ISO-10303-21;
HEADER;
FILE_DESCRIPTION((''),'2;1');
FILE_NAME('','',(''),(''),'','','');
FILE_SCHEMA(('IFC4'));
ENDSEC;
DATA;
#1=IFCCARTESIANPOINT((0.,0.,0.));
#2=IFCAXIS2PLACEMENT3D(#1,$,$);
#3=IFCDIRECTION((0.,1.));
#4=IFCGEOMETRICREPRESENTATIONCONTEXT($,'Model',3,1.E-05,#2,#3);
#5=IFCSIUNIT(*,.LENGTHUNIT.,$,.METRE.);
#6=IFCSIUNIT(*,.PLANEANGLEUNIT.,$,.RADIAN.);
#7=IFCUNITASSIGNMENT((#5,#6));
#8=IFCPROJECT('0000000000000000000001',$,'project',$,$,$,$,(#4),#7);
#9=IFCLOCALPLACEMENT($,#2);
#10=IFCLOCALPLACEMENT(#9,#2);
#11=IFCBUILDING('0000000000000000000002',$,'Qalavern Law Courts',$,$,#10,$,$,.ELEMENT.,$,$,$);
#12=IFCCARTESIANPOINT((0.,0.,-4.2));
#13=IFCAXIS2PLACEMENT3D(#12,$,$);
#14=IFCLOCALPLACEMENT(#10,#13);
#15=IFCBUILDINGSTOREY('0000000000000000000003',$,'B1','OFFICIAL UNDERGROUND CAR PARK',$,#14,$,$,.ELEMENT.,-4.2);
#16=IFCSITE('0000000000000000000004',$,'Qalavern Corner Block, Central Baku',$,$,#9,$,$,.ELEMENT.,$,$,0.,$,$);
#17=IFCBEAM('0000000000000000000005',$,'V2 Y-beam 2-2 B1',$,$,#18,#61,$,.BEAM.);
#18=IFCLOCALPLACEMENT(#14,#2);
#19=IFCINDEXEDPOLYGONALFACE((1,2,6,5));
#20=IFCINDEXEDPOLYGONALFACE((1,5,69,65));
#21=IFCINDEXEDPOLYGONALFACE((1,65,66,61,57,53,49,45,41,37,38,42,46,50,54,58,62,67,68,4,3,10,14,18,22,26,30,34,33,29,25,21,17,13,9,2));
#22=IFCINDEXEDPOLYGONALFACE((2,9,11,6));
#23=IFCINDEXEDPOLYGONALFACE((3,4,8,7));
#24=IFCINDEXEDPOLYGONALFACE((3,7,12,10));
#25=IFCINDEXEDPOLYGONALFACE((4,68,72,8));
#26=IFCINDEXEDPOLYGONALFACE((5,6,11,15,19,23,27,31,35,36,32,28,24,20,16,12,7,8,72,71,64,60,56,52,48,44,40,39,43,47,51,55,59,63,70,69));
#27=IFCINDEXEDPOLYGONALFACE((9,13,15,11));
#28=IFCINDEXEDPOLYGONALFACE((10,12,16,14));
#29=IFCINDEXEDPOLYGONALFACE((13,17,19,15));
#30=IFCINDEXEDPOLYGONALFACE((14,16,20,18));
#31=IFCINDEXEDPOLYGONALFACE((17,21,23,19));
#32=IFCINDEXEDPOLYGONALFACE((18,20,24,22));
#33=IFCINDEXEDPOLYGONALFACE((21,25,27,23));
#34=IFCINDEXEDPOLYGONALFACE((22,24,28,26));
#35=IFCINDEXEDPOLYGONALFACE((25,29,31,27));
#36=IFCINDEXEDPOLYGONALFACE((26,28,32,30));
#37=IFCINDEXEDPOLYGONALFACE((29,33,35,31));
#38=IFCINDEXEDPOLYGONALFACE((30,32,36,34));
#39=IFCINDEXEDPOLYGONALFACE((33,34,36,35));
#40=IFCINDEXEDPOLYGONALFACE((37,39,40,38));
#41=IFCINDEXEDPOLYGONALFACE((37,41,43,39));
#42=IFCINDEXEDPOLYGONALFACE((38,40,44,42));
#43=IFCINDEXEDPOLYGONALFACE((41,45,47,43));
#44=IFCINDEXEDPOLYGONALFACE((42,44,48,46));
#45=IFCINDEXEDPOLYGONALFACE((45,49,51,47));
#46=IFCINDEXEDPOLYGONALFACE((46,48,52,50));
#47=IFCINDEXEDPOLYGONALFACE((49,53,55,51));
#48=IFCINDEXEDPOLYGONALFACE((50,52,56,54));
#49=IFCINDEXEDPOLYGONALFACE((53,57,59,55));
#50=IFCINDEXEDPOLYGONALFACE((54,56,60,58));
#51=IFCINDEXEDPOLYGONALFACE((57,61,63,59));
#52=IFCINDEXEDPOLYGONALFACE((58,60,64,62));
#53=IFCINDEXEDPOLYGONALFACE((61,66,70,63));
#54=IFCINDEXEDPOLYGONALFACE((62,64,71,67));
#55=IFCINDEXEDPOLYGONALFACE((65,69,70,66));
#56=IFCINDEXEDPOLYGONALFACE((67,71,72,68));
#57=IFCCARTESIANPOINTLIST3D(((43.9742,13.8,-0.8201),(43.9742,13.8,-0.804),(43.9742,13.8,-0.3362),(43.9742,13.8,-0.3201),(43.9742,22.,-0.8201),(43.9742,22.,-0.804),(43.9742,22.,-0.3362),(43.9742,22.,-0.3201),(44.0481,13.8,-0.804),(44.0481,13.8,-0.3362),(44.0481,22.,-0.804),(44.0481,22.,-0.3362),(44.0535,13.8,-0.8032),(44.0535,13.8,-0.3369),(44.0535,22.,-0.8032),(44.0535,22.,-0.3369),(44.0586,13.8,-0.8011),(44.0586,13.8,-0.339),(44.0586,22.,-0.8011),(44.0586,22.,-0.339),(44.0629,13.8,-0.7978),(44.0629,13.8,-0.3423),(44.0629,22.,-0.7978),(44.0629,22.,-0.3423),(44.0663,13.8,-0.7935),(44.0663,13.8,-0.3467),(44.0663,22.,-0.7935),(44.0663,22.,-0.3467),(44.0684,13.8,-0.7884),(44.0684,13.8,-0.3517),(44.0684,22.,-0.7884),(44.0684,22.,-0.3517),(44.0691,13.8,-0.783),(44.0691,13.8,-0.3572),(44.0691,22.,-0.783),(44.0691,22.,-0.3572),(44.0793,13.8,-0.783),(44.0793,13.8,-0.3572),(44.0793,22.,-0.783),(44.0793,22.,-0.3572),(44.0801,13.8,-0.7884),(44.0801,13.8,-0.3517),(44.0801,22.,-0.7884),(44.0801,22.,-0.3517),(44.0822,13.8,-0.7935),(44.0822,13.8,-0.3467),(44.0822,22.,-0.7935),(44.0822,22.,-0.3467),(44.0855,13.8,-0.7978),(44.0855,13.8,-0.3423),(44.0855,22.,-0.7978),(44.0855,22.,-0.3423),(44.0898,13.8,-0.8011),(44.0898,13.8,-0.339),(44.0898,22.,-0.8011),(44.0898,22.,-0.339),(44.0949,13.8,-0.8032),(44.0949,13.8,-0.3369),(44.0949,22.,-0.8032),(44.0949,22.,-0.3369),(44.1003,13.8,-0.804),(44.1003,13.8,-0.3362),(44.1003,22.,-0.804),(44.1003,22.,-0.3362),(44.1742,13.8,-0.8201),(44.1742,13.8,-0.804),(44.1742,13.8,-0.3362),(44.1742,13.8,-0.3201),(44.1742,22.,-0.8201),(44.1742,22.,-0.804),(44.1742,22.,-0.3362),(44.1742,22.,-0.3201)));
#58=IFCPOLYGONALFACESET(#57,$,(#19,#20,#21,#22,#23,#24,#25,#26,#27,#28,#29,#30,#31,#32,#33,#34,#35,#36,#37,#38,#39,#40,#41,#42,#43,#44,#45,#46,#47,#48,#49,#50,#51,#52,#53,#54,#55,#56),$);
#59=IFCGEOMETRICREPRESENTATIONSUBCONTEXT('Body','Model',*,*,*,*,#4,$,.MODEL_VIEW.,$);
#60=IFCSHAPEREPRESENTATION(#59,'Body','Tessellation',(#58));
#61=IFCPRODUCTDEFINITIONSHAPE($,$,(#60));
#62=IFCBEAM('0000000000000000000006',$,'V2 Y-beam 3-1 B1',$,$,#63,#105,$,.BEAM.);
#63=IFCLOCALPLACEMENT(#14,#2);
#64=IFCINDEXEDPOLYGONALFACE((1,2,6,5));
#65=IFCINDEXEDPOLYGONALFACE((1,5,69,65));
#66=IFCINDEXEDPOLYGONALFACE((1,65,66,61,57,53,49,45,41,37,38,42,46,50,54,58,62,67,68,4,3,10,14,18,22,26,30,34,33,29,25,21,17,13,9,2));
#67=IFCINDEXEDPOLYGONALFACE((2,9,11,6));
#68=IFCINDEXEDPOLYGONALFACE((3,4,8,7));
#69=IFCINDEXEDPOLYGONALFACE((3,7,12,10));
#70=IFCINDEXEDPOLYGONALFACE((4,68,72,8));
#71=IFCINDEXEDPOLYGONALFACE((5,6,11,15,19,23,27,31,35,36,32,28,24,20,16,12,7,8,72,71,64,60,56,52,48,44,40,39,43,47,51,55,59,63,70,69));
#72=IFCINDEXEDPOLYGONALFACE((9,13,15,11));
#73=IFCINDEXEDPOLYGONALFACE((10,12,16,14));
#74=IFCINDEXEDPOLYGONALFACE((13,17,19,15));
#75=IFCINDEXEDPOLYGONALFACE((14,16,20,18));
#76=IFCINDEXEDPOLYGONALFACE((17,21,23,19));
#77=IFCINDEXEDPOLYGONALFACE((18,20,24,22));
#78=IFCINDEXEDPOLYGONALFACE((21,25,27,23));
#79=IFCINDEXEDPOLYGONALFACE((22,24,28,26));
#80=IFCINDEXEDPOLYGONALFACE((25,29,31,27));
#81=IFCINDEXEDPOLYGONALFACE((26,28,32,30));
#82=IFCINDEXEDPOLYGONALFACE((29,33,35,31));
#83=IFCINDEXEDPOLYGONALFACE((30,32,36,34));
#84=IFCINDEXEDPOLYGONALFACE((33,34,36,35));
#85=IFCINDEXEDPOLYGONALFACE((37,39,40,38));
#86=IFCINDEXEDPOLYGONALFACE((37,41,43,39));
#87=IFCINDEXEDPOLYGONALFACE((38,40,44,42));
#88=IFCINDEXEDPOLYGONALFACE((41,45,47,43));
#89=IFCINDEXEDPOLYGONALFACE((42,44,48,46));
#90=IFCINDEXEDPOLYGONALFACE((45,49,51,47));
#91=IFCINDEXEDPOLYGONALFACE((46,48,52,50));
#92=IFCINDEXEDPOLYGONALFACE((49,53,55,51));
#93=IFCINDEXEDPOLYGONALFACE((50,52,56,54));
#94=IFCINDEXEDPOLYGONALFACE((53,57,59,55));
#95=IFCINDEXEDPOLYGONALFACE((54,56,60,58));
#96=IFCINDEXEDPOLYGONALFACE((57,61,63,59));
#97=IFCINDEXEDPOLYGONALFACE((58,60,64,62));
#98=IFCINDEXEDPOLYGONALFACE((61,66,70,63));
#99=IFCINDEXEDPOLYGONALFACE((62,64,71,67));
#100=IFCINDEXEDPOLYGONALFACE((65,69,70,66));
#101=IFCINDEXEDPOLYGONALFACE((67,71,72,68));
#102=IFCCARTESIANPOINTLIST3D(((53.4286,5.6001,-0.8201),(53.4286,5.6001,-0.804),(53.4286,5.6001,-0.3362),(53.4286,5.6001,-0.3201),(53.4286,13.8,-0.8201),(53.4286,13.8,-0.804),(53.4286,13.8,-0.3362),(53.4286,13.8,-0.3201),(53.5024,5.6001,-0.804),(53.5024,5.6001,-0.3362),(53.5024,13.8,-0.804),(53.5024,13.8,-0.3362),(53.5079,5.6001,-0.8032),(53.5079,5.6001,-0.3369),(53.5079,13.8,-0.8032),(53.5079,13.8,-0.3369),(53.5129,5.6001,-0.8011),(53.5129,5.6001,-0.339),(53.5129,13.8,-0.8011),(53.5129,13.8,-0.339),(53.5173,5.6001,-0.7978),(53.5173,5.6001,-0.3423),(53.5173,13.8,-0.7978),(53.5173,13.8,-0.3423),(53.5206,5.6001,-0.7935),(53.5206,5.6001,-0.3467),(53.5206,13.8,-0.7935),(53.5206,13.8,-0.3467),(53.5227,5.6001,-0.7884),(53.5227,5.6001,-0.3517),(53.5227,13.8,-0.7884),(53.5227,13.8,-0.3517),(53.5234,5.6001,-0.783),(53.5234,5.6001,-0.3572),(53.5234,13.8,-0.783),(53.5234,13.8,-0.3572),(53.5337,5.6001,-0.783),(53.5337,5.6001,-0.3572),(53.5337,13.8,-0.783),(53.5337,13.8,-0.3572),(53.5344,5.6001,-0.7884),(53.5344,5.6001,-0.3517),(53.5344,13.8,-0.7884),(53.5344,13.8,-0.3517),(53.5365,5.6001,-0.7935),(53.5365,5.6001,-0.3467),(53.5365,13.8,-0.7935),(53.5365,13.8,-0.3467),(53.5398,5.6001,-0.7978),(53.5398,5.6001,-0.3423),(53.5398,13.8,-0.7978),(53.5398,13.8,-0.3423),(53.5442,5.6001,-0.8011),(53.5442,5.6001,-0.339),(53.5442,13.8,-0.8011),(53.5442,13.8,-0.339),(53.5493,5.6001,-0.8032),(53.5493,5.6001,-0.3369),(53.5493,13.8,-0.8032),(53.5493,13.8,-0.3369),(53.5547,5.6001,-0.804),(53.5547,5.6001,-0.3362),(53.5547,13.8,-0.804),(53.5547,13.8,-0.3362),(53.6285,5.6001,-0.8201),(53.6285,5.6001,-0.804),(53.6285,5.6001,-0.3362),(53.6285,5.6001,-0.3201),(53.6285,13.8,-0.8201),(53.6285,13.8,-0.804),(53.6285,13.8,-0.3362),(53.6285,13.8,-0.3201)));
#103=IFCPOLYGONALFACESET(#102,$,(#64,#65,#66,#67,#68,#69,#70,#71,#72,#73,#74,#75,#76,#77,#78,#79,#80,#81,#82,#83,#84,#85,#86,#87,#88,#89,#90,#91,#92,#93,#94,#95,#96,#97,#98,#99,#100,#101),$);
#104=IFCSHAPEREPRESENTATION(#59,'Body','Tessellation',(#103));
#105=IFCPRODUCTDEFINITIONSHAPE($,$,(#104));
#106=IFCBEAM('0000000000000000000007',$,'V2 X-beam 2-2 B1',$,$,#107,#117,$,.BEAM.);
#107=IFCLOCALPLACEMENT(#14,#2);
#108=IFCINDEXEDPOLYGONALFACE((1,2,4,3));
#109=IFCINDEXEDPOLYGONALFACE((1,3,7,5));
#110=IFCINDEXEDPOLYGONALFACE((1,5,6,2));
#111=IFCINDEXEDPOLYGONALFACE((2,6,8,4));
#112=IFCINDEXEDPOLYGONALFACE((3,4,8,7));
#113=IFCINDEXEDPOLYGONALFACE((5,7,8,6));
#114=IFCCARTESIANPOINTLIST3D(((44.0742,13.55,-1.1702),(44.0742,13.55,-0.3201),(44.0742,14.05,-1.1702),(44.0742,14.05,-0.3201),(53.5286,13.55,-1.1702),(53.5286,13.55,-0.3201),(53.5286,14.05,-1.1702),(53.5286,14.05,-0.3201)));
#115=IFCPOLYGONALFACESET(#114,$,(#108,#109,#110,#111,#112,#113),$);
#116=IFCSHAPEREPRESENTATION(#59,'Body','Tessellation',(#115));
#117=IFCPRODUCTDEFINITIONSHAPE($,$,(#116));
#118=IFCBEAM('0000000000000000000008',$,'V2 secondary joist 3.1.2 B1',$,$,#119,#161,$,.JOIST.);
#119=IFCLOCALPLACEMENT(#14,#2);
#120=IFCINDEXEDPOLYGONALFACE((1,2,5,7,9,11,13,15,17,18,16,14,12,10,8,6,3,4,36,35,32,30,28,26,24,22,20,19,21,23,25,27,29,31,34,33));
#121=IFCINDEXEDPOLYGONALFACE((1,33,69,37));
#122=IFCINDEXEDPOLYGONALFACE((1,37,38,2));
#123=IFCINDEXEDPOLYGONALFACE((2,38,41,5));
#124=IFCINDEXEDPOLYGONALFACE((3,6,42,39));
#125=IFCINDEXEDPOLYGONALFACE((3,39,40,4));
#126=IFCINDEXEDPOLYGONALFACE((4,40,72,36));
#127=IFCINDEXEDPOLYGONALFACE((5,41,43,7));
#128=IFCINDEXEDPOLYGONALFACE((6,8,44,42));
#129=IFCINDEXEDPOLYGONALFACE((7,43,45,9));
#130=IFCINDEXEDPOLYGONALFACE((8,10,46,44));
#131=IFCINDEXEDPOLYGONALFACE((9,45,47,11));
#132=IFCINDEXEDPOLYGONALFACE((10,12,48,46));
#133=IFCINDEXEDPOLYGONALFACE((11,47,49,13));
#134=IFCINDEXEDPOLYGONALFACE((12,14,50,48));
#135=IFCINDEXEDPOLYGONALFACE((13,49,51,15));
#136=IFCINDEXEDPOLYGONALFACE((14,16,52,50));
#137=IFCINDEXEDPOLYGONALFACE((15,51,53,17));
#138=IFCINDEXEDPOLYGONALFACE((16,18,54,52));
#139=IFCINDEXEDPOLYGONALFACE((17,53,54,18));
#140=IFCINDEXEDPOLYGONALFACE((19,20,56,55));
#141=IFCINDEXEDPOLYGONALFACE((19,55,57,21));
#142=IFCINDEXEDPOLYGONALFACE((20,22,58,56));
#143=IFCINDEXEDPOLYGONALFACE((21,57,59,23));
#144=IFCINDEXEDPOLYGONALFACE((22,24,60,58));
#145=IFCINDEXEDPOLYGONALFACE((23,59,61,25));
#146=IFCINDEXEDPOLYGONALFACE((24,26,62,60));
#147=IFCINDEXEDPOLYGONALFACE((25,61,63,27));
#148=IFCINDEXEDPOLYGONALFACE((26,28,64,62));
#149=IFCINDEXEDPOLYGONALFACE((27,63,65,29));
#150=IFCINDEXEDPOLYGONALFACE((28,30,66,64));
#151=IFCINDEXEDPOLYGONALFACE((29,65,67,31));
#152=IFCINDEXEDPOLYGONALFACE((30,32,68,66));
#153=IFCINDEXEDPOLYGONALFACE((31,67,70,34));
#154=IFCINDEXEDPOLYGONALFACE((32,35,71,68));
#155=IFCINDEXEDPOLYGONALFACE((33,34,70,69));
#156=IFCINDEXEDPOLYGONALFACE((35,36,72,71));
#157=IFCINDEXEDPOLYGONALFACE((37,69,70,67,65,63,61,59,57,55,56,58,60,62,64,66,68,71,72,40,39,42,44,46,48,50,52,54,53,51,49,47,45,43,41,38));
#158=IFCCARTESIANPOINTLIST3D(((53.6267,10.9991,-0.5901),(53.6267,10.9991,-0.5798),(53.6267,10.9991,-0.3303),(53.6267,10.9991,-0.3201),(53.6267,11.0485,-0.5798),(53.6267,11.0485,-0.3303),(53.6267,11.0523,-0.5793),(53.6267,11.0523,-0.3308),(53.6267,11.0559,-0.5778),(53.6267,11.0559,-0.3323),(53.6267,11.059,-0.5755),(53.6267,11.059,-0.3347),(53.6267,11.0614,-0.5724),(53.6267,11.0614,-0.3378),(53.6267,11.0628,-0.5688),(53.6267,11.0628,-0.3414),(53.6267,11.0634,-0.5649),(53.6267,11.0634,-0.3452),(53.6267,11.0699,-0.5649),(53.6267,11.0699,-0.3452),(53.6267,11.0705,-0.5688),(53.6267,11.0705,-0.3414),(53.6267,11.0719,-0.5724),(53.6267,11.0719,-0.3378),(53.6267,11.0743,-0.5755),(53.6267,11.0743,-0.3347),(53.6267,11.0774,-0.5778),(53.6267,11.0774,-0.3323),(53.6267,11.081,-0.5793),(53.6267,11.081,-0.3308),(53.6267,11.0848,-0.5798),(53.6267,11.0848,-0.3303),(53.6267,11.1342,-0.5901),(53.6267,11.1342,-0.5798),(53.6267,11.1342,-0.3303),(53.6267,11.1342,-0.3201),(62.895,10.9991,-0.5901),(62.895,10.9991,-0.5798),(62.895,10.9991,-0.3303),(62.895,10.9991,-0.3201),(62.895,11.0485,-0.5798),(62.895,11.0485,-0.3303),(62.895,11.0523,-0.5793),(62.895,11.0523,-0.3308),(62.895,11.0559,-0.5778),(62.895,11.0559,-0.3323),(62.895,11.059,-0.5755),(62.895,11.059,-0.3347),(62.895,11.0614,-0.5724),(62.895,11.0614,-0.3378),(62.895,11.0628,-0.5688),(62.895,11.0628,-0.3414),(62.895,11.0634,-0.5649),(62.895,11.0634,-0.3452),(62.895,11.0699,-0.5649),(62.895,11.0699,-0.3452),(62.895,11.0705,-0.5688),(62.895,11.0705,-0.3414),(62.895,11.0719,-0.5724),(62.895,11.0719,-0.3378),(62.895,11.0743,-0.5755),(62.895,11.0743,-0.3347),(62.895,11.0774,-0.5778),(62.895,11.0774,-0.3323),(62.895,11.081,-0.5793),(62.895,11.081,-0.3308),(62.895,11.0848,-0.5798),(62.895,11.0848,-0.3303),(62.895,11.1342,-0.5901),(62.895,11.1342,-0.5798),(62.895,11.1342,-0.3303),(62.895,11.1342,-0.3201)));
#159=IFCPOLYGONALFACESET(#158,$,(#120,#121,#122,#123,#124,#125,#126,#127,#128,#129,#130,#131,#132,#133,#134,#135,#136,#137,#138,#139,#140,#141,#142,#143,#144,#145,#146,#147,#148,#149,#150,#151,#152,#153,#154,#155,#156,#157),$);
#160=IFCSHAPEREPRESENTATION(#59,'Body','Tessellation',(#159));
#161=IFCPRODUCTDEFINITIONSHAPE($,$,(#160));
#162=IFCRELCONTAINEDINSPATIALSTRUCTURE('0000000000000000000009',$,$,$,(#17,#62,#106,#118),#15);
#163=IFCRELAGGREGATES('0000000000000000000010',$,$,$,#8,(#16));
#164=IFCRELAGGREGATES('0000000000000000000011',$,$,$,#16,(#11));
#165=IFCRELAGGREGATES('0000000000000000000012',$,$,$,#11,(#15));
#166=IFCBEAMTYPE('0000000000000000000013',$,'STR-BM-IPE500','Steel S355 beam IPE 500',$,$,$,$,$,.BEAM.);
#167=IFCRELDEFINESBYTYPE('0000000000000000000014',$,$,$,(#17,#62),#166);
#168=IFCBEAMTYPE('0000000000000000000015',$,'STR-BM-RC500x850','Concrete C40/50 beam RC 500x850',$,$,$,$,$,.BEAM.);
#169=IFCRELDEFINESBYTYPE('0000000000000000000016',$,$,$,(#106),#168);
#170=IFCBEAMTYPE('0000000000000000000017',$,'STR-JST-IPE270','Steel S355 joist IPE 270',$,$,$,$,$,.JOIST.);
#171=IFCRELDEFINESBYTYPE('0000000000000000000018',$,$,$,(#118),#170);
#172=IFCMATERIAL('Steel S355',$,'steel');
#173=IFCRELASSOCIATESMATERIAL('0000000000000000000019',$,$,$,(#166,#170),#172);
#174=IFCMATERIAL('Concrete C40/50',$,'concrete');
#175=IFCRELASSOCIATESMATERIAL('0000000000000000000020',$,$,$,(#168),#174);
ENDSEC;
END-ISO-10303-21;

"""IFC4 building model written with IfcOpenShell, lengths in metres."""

from ifc_helpers import new_model, si_unit, direction, frame, origin, origin_2d, place, context, subcontext, project, spatial, rectangle, i_section, extrude, material, material_profile, profile_set, type_object, element, save


model = new_model("IFC4")

# Units and contexts
model_context = context("Model", 3, precision=1e-05, world=origin(), true_north=direction((0.0, 1.0)))
body_context = subcontext(model_context, "Body", "Model", "MODEL_VIEW")
ifc_project = project(units=[si_unit("LENGTHUNIT", "METRE"), si_unit("PLANEANGLEUNIT", "RADIAN")], contexts=[model_context])

# Site, building, storey
site_placement = place(None, origin())
site = spatial("IfcSite", under=ifc_project, at=site_placement, Name="Qalavern Corner Block, Central Baku", CompositionType="ELEMENT", RefElevation=0.0)
building_placement = place(site_placement, origin())
building = spatial("IfcBuilding", under=site, at=building_placement, Name="Qalavern Law Courts", CompositionType="ELEMENT")
storey_placement = place(building_placement, frame((0.0, 0.0, -4.2)))
storey = spatial("IfcBuildingStorey", under=building, at=storey_placement, Name="B1", Description="OFFICIAL UNDERGROUND CAR PARK", CompositionType="ELEMENT", Elevation=-4.2)

# Shared definitions
ifc_material_1 = material(Name="Steel S355", Category="steel")

# Beams
ifc_material_profile_1 = material_profile(ifc_material_1, i_section(OverallWidth=0.2, OverallDepth=0.5, WebThickness=0.0103, FlangeThickness=0.0161, FilletRadius=0.021, at=origin_2d()), Name="IPE 500")
ifc_profile_set_1 = profile_set([ifc_material_profile_1], Name="Steel S355")
beam_type_1 = type_object("IfcBeamType", Name="STR-BM-IPE500", Description="Steel S355 beam IPE 500", PredefinedType="BEAM", material=ifc_profile_set_1)
for number, where, z_axis, x_axis, name in (
    (1, (44.0742, 13.8, -0.5701), (0.0, 1.0, 0.0), (-1.0, 0.0, 0.0), "V2 Y-beam 2-2 B1"),
    (2, (53.5286, 5.6001, -0.5701), (0.0, 1.0, 0.0), (-1.0, 0.0, 0.0), "V2 Y-beam 3-1 B1"),
):
    element("IfcBeam", number, at=place(storey_placement, frame(where, z_axis=z_axis, x_axis=x_axis)), inside=storey, type_object=beam_type_1, Name=name, PredefinedType="BEAM", context=body_context, shape_type="SweptSolid", body=[
        extrude(i_section(OverallWidth=0.2, OverallDepth=0.5, WebThickness=0.0103, FlangeThickness=0.0161, FilletRadius=0.021, at=origin_2d()), origin(), (0.0, 0.0, 1.0), 8.2),
    ])
ifc_material_2 = material(Name="Concrete C40/50", Category="concrete")
ifc_material_profile_2 = material_profile(ifc_material_2, rectangle(XDim=0.5, YDim=0.8501, at=origin_2d()), Name="RC 500x850")
ifc_profile_set_2 = profile_set([ifc_material_profile_2], Name="Concrete C40/50")
beam_type_2 = type_object("IfcBeamType", Name="STR-BM-RC500x850", Description="Concrete C40/50 beam RC 500x850", PredefinedType="BEAM", material=ifc_profile_set_2)
beam_1_placement = place(storey_placement, frame((44.0742, 13.8, -0.7451), z_axis=(1.0, 0.0, 0.0), x_axis=(0.0, 1.0, 0.0)))
element("IfcBeam", 3, at=beam_1_placement, inside=storey, type_object=beam_type_2, Name="V2 X-beam 2-2 B1", PredefinedType="BEAM", context=body_context, shape_type="SweptSolid", body=[
    extrude(rectangle(XDim=0.5, YDim=0.8501, at=origin_2d()), origin(), (0.0, 0.0, 1.0), 9.4543),
])
ifc_material_profile_3 = material_profile(ifc_material_1, i_section(OverallWidth=0.135, OverallDepth=0.27, WebThickness=0.0066, FlangeThickness=0.0103, FilletRadius=0.0149, at=origin_2d()), Name="IPE 270")
ifc_profile_set_3 = profile_set([ifc_material_profile_3], Name="Steel S355")
beam_type_3 = type_object("IfcBeamType", Name="STR-JST-IPE270", Description="Steel S355 joist IPE 270", PredefinedType="JOIST", material=ifc_profile_set_3)
beam_2_placement = place(storey_placement, frame((53.6267, 11.0667, -0.4551), z_axis=(1.0, 0.0, 0.0), x_axis=(0.0, 1.0, 0.0)))
element("IfcBeam", 4, at=beam_2_placement, inside=storey, type_object=beam_type_3, Name="V2 secondary joist 3.1.2 B1", PredefinedType="JOIST", context=body_context, shape_type="SweptSolid", body=[
    extrude(i_section(OverallWidth=0.135, OverallDepth=0.27, WebThickness=0.0066, FlangeThickness=0.0103, FilletRadius=0.0149, at=origin_2d()), origin(), (0.0, 0.0, 1.0), 9.2683),
])

save(model, "model.ifc")
